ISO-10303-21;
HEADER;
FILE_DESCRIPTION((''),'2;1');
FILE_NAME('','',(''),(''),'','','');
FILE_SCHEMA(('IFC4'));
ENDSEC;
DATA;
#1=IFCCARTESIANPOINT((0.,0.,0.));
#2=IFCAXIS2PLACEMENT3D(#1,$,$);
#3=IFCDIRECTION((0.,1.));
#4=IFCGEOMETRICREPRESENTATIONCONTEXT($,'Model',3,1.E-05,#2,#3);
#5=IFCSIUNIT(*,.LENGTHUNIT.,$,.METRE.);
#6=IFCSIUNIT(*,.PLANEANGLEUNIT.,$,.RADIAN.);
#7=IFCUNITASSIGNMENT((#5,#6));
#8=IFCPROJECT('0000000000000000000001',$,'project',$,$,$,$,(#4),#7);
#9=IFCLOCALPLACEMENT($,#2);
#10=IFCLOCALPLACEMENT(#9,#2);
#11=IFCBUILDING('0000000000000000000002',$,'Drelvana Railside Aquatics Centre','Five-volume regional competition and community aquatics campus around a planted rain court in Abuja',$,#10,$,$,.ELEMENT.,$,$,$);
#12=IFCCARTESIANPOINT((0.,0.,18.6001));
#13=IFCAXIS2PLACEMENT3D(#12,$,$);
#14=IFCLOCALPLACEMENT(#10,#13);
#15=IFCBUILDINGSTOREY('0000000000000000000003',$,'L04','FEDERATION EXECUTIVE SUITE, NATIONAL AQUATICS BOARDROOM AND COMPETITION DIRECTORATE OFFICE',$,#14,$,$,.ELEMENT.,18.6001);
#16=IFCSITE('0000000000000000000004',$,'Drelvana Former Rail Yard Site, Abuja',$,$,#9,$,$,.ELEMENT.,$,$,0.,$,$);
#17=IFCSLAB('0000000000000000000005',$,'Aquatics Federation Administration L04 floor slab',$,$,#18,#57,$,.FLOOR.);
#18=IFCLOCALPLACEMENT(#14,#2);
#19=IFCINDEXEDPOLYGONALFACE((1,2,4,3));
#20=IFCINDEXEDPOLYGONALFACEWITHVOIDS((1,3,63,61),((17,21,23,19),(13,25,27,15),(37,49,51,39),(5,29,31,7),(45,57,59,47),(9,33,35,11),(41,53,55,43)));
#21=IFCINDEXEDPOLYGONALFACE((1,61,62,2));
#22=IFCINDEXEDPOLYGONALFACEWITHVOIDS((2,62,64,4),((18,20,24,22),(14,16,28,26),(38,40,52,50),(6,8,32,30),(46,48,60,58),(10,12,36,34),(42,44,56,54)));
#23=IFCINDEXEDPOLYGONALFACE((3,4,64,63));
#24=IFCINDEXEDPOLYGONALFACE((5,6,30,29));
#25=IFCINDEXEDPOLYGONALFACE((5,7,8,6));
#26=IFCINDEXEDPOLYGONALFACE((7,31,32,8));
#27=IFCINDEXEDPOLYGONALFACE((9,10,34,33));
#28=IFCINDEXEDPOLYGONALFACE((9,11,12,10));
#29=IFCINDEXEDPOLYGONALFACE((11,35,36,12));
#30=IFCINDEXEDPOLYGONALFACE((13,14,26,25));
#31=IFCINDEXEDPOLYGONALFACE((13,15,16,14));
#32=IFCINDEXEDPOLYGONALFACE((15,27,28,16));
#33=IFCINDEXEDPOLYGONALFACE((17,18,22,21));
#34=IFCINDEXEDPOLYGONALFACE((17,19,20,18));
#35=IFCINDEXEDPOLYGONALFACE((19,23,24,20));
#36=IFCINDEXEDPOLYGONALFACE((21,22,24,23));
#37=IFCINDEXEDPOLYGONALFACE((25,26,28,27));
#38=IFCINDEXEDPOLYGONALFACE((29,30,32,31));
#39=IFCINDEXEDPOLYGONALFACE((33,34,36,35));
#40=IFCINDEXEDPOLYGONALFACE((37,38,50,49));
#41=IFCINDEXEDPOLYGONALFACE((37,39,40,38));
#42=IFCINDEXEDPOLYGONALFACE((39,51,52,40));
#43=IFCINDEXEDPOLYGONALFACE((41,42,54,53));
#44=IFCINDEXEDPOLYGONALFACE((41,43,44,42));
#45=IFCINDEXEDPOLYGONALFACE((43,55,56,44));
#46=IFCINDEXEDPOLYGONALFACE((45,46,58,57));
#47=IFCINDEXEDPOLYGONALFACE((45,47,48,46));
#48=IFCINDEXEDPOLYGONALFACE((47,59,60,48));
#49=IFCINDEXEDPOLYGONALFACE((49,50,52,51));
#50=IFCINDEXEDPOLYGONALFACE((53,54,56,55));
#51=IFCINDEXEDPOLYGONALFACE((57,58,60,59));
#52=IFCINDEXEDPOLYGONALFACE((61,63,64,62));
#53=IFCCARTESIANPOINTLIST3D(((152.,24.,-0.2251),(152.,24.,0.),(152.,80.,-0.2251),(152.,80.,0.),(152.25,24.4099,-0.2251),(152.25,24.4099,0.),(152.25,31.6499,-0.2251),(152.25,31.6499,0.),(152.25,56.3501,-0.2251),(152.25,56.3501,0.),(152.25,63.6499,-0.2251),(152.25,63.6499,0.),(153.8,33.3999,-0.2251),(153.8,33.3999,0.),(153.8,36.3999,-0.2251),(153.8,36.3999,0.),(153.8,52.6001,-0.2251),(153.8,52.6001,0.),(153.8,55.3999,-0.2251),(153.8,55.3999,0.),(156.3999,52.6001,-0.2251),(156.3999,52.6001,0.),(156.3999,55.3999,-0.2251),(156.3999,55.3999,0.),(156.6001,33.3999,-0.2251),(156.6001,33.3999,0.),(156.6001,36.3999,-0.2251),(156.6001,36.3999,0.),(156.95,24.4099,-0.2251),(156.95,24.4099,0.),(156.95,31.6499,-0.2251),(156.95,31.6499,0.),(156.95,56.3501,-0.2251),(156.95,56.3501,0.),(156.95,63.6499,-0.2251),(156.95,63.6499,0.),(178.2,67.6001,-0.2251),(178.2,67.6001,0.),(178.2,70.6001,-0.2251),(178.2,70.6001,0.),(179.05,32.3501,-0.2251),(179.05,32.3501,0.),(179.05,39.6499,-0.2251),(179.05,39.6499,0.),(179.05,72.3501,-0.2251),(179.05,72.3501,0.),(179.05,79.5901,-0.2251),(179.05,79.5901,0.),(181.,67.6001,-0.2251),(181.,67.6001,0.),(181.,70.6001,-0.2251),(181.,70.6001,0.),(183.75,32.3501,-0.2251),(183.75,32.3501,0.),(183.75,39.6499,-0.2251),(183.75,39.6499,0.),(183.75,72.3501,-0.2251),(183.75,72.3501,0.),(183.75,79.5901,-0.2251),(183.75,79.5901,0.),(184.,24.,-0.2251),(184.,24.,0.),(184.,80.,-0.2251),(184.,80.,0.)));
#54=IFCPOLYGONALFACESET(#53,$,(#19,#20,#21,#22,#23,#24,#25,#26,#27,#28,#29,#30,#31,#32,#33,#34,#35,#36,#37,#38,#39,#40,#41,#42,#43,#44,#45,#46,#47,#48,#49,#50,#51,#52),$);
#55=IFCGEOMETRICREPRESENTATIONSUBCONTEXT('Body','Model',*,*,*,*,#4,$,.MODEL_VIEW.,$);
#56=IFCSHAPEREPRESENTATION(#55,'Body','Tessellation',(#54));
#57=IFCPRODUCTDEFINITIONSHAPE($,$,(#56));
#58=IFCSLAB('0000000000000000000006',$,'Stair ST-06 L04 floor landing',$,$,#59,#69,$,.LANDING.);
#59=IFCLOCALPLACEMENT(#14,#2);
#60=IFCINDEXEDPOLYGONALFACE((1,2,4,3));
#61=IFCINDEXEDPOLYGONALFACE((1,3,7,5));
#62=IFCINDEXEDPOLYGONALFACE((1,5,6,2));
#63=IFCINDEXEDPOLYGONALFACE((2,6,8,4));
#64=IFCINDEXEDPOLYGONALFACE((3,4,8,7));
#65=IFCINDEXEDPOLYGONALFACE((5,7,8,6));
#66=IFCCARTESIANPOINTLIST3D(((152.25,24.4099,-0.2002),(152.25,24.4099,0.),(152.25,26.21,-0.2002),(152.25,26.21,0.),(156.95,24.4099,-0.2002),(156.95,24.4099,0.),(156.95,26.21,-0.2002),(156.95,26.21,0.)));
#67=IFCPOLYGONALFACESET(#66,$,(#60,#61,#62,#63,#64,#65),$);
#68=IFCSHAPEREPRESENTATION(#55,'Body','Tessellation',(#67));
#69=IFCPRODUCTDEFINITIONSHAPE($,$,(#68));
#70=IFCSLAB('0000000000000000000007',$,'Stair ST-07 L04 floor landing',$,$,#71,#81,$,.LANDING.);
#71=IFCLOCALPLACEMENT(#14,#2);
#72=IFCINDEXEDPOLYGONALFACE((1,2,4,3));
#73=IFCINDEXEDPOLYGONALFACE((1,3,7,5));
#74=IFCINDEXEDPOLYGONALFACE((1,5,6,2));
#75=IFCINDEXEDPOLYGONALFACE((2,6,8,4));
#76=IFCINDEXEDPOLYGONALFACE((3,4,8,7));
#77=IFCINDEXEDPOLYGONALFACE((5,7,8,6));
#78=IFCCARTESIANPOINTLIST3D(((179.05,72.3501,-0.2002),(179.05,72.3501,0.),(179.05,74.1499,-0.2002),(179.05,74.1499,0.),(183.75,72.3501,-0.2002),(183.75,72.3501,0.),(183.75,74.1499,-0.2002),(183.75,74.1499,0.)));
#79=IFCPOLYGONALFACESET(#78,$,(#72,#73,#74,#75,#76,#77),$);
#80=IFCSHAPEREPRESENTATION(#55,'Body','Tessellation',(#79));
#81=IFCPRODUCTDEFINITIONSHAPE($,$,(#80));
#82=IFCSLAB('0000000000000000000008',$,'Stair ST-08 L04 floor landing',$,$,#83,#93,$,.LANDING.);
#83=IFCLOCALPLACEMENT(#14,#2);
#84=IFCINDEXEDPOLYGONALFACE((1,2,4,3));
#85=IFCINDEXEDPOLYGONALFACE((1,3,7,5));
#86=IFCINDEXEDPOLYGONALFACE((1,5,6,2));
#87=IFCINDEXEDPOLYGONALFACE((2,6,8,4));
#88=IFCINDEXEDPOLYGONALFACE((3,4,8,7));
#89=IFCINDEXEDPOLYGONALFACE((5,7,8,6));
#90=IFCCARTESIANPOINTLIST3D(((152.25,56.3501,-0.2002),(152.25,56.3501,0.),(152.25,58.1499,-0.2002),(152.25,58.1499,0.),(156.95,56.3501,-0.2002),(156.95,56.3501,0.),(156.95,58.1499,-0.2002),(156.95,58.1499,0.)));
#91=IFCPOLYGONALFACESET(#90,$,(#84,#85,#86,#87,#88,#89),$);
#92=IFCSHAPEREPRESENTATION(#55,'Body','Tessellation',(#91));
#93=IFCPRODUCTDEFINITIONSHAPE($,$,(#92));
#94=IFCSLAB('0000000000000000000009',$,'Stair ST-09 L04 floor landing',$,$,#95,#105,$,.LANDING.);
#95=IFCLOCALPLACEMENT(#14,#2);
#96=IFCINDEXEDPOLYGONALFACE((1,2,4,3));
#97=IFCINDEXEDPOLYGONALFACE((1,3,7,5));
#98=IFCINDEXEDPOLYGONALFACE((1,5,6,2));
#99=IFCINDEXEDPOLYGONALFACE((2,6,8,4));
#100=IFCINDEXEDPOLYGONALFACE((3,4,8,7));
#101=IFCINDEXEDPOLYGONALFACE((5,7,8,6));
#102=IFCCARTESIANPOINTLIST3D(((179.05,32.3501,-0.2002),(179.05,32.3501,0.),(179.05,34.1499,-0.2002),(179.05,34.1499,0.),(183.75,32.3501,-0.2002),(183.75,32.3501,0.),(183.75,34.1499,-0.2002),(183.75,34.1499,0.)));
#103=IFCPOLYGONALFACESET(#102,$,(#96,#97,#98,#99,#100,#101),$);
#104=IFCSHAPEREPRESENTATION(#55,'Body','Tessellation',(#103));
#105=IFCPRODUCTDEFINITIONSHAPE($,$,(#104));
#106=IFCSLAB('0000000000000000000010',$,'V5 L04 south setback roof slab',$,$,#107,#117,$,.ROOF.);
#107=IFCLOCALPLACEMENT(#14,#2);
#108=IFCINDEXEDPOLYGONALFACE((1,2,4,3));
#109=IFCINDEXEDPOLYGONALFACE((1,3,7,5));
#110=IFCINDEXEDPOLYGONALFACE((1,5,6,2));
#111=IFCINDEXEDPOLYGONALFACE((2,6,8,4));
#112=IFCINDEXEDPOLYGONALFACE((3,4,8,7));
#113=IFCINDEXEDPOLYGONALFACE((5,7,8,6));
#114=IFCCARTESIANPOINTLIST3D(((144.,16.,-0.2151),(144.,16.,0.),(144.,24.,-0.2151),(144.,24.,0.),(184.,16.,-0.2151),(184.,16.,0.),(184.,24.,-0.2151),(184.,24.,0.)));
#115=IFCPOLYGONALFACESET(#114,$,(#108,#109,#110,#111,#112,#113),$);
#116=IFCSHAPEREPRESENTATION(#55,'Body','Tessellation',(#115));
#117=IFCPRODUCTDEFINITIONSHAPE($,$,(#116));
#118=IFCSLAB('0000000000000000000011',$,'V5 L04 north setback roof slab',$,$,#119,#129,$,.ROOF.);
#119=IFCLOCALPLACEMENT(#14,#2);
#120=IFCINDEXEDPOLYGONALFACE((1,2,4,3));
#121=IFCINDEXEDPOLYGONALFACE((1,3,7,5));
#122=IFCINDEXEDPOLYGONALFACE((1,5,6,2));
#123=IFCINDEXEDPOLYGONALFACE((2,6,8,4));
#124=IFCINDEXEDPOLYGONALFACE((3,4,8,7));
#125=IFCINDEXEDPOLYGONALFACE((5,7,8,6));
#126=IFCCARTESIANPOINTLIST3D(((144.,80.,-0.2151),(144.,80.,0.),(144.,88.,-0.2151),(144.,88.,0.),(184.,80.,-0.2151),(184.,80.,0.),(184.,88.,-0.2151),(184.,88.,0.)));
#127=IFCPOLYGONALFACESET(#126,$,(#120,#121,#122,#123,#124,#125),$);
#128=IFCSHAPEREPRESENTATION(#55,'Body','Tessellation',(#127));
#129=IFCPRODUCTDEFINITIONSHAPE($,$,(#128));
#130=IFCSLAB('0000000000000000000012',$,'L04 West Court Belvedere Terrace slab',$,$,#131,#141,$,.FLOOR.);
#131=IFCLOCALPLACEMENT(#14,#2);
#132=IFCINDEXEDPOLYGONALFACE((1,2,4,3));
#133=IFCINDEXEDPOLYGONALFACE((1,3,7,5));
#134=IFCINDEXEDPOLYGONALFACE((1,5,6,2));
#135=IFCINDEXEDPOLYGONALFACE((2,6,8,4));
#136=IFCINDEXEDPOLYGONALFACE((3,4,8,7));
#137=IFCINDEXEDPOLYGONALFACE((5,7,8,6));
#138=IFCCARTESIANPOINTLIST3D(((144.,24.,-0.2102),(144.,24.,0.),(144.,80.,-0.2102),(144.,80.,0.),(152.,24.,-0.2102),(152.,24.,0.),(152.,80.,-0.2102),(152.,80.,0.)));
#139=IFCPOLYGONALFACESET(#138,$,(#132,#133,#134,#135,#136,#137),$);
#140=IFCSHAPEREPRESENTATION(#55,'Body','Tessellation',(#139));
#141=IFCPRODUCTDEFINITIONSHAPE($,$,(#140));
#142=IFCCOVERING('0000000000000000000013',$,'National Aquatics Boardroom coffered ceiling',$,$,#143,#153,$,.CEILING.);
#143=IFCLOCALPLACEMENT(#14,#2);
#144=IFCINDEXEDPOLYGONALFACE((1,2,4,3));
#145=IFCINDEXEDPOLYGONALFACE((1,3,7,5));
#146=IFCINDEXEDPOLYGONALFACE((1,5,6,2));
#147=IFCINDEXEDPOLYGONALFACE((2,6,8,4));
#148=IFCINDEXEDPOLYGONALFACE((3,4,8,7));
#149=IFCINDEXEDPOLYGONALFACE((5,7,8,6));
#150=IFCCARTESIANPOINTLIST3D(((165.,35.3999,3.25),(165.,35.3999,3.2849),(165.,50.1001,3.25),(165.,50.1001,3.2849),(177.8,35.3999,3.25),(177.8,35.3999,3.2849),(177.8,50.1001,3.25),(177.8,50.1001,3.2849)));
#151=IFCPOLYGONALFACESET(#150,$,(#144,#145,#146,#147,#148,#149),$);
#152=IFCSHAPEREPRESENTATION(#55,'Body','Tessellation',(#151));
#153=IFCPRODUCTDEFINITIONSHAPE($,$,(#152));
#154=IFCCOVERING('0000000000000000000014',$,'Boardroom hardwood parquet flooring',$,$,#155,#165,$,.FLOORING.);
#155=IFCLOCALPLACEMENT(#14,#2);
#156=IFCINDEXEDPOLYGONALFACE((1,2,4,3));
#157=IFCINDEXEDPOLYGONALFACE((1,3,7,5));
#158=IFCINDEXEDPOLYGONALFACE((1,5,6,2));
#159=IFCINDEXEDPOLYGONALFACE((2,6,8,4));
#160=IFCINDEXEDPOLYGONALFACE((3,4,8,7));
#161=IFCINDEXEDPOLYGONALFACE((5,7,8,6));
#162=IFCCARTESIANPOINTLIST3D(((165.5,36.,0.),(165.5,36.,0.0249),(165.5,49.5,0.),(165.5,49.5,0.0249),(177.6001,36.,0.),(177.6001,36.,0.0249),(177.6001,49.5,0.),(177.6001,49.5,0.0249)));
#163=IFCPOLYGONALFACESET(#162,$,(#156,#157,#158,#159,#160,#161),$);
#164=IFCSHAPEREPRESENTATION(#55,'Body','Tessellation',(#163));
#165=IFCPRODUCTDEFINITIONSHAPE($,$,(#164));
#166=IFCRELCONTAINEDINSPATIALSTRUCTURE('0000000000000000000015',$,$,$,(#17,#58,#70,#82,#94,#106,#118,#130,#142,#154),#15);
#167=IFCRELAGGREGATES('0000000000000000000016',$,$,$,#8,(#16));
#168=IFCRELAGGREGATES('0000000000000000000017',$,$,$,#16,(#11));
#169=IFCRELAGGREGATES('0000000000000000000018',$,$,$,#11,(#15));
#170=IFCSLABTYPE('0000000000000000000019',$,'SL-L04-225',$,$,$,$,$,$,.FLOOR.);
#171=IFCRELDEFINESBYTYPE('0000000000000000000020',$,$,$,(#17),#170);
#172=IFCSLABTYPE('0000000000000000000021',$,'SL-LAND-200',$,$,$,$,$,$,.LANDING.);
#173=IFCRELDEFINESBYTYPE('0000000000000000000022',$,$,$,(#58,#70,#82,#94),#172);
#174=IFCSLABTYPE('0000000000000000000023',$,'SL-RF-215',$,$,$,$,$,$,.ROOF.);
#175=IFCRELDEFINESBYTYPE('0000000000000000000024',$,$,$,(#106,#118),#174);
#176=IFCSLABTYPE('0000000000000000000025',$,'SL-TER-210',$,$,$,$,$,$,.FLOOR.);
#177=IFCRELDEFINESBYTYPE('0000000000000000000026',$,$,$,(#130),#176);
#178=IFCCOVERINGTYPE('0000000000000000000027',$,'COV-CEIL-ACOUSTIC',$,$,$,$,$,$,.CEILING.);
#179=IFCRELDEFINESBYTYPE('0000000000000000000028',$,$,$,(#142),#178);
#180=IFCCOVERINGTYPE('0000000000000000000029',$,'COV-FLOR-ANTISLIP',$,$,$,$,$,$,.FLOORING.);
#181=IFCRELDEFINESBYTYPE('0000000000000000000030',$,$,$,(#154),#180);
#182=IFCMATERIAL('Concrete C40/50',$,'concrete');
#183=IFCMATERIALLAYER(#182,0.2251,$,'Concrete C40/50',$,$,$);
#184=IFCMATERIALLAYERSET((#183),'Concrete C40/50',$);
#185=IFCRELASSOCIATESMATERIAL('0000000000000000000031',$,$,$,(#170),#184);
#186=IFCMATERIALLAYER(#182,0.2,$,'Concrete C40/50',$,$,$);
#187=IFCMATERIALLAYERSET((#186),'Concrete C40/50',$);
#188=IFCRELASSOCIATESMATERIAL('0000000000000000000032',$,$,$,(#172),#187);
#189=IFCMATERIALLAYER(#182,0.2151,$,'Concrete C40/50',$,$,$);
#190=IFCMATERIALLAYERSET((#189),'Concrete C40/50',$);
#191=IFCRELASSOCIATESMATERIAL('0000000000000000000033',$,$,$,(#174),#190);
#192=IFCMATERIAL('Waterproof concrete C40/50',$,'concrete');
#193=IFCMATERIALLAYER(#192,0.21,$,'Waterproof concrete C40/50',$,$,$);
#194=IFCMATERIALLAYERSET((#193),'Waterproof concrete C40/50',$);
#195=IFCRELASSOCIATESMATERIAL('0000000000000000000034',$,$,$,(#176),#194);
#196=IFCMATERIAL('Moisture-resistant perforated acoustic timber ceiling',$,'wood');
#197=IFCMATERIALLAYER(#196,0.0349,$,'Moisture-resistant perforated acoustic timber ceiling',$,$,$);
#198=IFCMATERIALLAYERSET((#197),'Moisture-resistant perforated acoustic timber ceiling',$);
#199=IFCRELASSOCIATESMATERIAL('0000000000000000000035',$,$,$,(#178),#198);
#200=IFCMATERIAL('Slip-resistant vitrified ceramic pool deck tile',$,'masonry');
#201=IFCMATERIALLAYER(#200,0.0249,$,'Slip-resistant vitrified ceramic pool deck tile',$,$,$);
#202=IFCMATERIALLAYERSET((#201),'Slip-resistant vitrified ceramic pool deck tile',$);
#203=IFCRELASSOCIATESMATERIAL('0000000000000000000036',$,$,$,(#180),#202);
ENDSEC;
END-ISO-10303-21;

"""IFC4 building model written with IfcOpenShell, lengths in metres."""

from ifc_helpers import new_model, si_unit, direction, frame, origin, place, context, subcontext, project, spatial, polyline, outline, extrude, material, layer, layer_set, type_object, element, save


model = new_model("IFC4")

# Units and contexts
model_context = context("Model", 3, precision=1e-05, world=origin(), true_north=direction((0.0, 1.0)))
body_context = subcontext(model_context, "Body", "Model", "MODEL_VIEW")
ifc_project = project(units=[si_unit("LENGTHUNIT", "METRE"), si_unit("PLANEANGLEUNIT", "RADIAN")], contexts=[model_context])

# Site, building, storey
site_placement = place(None, origin())
site = spatial("IfcSite", under=ifc_project, at=site_placement, Name="Drelvana Former Rail Yard Site, Abuja", CompositionType="ELEMENT", RefElevation=0.0)
building_placement = place(site_placement, origin())
building = spatial("IfcBuilding", under=site, at=building_placement, Name="Drelvana Railside Aquatics Centre", Description="Five-volume regional competition and community aquatics campus around a planted rain court in Abuja", CompositionType="ELEMENT")
storey_placement = place(building_placement, frame((0.0, 0.0, 18.6001)))
storey = spatial("IfcBuildingStorey", under=building, at=storey_placement, Name="L04", Description="FEDERATION EXECUTIVE SUITE, NATIONAL AQUATICS BOARDROOM AND COMPETITION DIRECTORATE OFFICE", CompositionType="ELEMENT", Elevation=18.6001)

# Shared definitions
ifc_material_1 = material(Name="Concrete C40/50", Category="concrete")

# Slabs
ifc_layer_1 = layer(ifc_material_1, 0.2251, Name="Concrete C40/50")
ifc_layer_set_1 = layer_set([ifc_layer_1], Name="Concrete C40/50")
slab_type_1 = type_object("IfcSlabType", Name="SL-L04-225", PredefinedType="FLOOR", material=ifc_layer_set_1)
slab_1_placement = place(storey_placement, frame((0.0, 0.0, -0.2251)))
element("IfcSlab", 1, at=slab_1_placement, inside=storey, type_object=slab_type_1, Name="Aquatics Federation Administration L04 floor slab", PredefinedType="FLOOR", context=body_context, shape_type="SweptSolid", body=[
    extrude(outline(polyline([(152.0, 24.0), (184.0, 24.0), (184.0, 80.0), (152.0, 80.0), (152.0, 24.0)]), holes=[polyline([(152.25, 24.4099), (156.95, 24.4099), (156.95, 31.6499), (152.25, 31.6499), (152.25, 24.4099)]), polyline([(153.8, 33.3999), (156.6001, 33.3999), (156.6001, 36.3999), (153.8, 36.3999), (153.8, 33.3999)]), polyline([(179.05, 72.3501), (183.75, 72.3501), (183.75, 79.5901), (179.05, 79.5901), (179.05, 72.3501)]), polyline([(178.2, 67.6001), (181.0, 67.6001), (181.0, 70.6001), (178.2, 70.6001), (178.2, 67.6001)]), polyline([(152.25, 56.3501), (156.95, 56.3501), (156.95, 63.6499), (152.25, 63.6499), (152.25, 56.3501)]), polyline([(153.8, 52.6001), (156.3999, 52.6001), (156.3999, 55.3999), (153.8, 55.3999), (153.8, 52.6001)]), polyline([(179.05, 32.3501), (183.75, 32.3501), (183.75, 39.6499), (179.05, 39.6499), (179.05, 32.3501)])]), origin(), (0.0, 0.0, 1.0), 0.2251),
])
ifc_layer_2 = layer(ifc_material_1, 0.2, Name="Concrete C40/50")
ifc_layer_set_2 = layer_set([ifc_layer_2], Name="Concrete C40/50")
slab_type_2 = type_object("IfcSlabType", Name="SL-LAND-200", PredefinedType="LANDING", material=ifc_layer_set_2)
slab_2_placement = place(storey_placement, frame((0.0, 0.0, -0.2002)))
element("IfcSlab", 2, at=slab_2_placement, inside=storey, type_object=slab_type_2, Name="Stair ST-06 L04 floor landing", PredefinedType="LANDING", context=body_context, shape_type="SweptSolid", body=[
    extrude(outline(polyline([(152.25, 24.4099), (156.95, 24.4099), (156.95, 26.21), (152.25, 26.21), (152.25, 24.4099)])), origin(), (0.0, 0.0, 1.0), 0.2002),
])
slab_3_placement = place(storey_placement, frame((0.0, 0.0, -0.2002)))
element("IfcSlab", 3, at=slab_3_placement, inside=storey, type_object=slab_type_2, Name="Stair ST-07 L04 floor landing", PredefinedType="LANDING", context=body_context, shape_type="SweptSolid", body=[
    extrude(outline(polyline([(179.05, 72.3501), (183.75, 72.3501), (183.75, 74.1499), (179.05, 74.1499), (179.05, 72.3501)])), origin(), (0.0, 0.0, 1.0), 0.2002),
])
slab_4_placement = place(storey_placement, frame((0.0, 0.0, -0.2002)))
element("IfcSlab", 4, at=slab_4_placement, inside=storey, type_object=slab_type_2, Name="Stair ST-08 L04 floor landing", PredefinedType="LANDING", context=body_context, shape_type="SweptSolid", body=[
    extrude(outline(polyline([(152.25, 56.3501), (156.95, 56.3501), (156.95, 58.1499), (152.25, 58.1499), (152.25, 56.3501)])), origin(), (0.0, 0.0, 1.0), 0.2002),
])
slab_5_placement = place(storey_placement, frame((0.0, 0.0, -0.2002)))
element("IfcSlab", 5, at=slab_5_placement, inside=storey, type_object=slab_type_2, Name="Stair ST-09 L04 floor landing", PredefinedType="LANDING", context=body_context, shape_type="SweptSolid", body=[
    extrude(outline(polyline([(179.05, 32.3501), (183.75, 32.3501), (183.75, 34.1499), (179.05, 34.1499), (179.05, 32.3501)])), origin(), (0.0, 0.0, 1.0), 0.2002),
])
ifc_layer_3 = layer(ifc_material_1, 0.2151, Name="Concrete C40/50")
ifc_layer_set_3 = layer_set([ifc_layer_3], Name="Concrete C40/50")
slab_type_3 = type_object("IfcSlabType", Name="SL-RF-215", PredefinedType="ROOF", material=ifc_layer_set_3)
slab_6_placement = place(storey_placement, frame((0.0, 0.0, -0.2151)))
element("IfcSlab", 6, at=slab_6_placement, inside=storey, type_object=slab_type_3, Name="V5 L04 south setback roof slab", PredefinedType="ROOF", context=body_context, shape_type="SweptSolid", body=[
    extrude(outline(polyline([(144.0, 16.0), (184.0, 16.0), (184.0, 24.0), (144.0, 24.0), (144.0, 16.0)])), origin(), (0.0, 0.0, 1.0), 0.2151),
])
slab_7_placement = place(storey_placement, frame((0.0, 0.0, -0.2151)))
element("IfcSlab", 7, at=slab_7_placement, inside=storey, type_object=slab_type_3, Name="V5 L04 north setback roof slab", PredefinedType="ROOF", context=body_context, shape_type="SweptSolid", body=[
    extrude(outline(polyline([(144.0, 80.0), (184.0, 80.0), (184.0, 88.0), (144.0, 88.0), (144.0, 80.0)])), origin(), (0.0, 0.0, 1.0), 0.2151),
])
ifc_material_2 = material(Name="Waterproof concrete C40/50", Category="concrete")
ifc_layer_4 = layer(ifc_material_2, 0.21, Name="Waterproof concrete C40/50")
ifc_layer_set_4 = layer_set([ifc_layer_4], Name="Waterproof concrete C40/50")
slab_type_4 = type_object("IfcSlabType", Name="SL-TER-210", PredefinedType="FLOOR", material=ifc_layer_set_4)
slab_8_placement = place(storey_placement, frame((0.0, 0.0, -0.2102)))
element("IfcSlab", 8, at=slab_8_placement, inside=storey, type_object=slab_type_4, Name="L04 West Court Belvedere Terrace slab", PredefinedType="FLOOR", context=body_context, shape_type="SweptSolid", body=[
    extrude(outline(polyline([(144.0, 24.0), (152.0, 24.0), (152.0, 80.0), (144.0, 80.0), (144.0, 24.0)])), origin(), (0.0, 0.0, 1.0), 0.2102),
])

# Coverings
ifc_material_3 = material(Name="Moisture-resistant perforated acoustic timber ceiling", Category="wood")
ifc_layer_5 = layer(ifc_material_3, 0.0349, Name="Moisture-resistant perforated acoustic timber ceiling")
ifc_layer_set_5 = layer_set([ifc_layer_5], Name="Moisture-resistant perforated acoustic timber ceiling")
covering_type_1 = type_object("IfcCoveringType", Name="COV-CEIL-ACOUSTIC", PredefinedType="CEILING", material=ifc_layer_set_5)
covering_1_placement = place(storey_placement, frame((0.0, 0.0, 3.25)))
element("IfcCovering", 9, at=covering_1_placement, inside=storey, type_object=covering_type_1, Name="National Aquatics Boardroom coffered ceiling", PredefinedType="CEILING", context=body_context, shape_type="SweptSolid", body=[
    extrude(outline(polyline([(165.0, 35.3999), (177.8, 35.3999), (177.8, 50.1001), (165.0, 50.1001), (165.0, 35.3999)])), origin(), (0.0, 0.0, 1.0), 0.0349),
])
ifc_material_4 = material(Name="Slip-resistant vitrified ceramic pool deck tile", Category="masonry")
ifc_layer_6 = layer(ifc_material_4, 0.0249, Name="Slip-resistant vitrified ceramic pool deck tile")
ifc_layer_set_6 = layer_set([ifc_layer_6], Name="Slip-resistant vitrified ceramic pool deck tile")
covering_type_2 = type_object("IfcCoveringType", Name="COV-FLOR-ANTISLIP", PredefinedType="FLOORING", material=ifc_layer_set_6)
covering_2_placement = place(storey_placement, origin())
element("IfcCovering", 10, at=covering_2_placement, inside=storey, type_object=covering_type_2, Name="Boardroom hardwood parquet flooring", PredefinedType="FLOORING", context=body_context, shape_type="SweptSolid", body=[
    extrude(outline(polyline([(165.5, 36.0), (177.6001, 36.0), (177.6001, 49.5), (165.5, 49.5), (165.5, 36.0)])), origin(), (0.0, 0.0, 1.0), 0.0249),
])

save(model, "model.ifc")
